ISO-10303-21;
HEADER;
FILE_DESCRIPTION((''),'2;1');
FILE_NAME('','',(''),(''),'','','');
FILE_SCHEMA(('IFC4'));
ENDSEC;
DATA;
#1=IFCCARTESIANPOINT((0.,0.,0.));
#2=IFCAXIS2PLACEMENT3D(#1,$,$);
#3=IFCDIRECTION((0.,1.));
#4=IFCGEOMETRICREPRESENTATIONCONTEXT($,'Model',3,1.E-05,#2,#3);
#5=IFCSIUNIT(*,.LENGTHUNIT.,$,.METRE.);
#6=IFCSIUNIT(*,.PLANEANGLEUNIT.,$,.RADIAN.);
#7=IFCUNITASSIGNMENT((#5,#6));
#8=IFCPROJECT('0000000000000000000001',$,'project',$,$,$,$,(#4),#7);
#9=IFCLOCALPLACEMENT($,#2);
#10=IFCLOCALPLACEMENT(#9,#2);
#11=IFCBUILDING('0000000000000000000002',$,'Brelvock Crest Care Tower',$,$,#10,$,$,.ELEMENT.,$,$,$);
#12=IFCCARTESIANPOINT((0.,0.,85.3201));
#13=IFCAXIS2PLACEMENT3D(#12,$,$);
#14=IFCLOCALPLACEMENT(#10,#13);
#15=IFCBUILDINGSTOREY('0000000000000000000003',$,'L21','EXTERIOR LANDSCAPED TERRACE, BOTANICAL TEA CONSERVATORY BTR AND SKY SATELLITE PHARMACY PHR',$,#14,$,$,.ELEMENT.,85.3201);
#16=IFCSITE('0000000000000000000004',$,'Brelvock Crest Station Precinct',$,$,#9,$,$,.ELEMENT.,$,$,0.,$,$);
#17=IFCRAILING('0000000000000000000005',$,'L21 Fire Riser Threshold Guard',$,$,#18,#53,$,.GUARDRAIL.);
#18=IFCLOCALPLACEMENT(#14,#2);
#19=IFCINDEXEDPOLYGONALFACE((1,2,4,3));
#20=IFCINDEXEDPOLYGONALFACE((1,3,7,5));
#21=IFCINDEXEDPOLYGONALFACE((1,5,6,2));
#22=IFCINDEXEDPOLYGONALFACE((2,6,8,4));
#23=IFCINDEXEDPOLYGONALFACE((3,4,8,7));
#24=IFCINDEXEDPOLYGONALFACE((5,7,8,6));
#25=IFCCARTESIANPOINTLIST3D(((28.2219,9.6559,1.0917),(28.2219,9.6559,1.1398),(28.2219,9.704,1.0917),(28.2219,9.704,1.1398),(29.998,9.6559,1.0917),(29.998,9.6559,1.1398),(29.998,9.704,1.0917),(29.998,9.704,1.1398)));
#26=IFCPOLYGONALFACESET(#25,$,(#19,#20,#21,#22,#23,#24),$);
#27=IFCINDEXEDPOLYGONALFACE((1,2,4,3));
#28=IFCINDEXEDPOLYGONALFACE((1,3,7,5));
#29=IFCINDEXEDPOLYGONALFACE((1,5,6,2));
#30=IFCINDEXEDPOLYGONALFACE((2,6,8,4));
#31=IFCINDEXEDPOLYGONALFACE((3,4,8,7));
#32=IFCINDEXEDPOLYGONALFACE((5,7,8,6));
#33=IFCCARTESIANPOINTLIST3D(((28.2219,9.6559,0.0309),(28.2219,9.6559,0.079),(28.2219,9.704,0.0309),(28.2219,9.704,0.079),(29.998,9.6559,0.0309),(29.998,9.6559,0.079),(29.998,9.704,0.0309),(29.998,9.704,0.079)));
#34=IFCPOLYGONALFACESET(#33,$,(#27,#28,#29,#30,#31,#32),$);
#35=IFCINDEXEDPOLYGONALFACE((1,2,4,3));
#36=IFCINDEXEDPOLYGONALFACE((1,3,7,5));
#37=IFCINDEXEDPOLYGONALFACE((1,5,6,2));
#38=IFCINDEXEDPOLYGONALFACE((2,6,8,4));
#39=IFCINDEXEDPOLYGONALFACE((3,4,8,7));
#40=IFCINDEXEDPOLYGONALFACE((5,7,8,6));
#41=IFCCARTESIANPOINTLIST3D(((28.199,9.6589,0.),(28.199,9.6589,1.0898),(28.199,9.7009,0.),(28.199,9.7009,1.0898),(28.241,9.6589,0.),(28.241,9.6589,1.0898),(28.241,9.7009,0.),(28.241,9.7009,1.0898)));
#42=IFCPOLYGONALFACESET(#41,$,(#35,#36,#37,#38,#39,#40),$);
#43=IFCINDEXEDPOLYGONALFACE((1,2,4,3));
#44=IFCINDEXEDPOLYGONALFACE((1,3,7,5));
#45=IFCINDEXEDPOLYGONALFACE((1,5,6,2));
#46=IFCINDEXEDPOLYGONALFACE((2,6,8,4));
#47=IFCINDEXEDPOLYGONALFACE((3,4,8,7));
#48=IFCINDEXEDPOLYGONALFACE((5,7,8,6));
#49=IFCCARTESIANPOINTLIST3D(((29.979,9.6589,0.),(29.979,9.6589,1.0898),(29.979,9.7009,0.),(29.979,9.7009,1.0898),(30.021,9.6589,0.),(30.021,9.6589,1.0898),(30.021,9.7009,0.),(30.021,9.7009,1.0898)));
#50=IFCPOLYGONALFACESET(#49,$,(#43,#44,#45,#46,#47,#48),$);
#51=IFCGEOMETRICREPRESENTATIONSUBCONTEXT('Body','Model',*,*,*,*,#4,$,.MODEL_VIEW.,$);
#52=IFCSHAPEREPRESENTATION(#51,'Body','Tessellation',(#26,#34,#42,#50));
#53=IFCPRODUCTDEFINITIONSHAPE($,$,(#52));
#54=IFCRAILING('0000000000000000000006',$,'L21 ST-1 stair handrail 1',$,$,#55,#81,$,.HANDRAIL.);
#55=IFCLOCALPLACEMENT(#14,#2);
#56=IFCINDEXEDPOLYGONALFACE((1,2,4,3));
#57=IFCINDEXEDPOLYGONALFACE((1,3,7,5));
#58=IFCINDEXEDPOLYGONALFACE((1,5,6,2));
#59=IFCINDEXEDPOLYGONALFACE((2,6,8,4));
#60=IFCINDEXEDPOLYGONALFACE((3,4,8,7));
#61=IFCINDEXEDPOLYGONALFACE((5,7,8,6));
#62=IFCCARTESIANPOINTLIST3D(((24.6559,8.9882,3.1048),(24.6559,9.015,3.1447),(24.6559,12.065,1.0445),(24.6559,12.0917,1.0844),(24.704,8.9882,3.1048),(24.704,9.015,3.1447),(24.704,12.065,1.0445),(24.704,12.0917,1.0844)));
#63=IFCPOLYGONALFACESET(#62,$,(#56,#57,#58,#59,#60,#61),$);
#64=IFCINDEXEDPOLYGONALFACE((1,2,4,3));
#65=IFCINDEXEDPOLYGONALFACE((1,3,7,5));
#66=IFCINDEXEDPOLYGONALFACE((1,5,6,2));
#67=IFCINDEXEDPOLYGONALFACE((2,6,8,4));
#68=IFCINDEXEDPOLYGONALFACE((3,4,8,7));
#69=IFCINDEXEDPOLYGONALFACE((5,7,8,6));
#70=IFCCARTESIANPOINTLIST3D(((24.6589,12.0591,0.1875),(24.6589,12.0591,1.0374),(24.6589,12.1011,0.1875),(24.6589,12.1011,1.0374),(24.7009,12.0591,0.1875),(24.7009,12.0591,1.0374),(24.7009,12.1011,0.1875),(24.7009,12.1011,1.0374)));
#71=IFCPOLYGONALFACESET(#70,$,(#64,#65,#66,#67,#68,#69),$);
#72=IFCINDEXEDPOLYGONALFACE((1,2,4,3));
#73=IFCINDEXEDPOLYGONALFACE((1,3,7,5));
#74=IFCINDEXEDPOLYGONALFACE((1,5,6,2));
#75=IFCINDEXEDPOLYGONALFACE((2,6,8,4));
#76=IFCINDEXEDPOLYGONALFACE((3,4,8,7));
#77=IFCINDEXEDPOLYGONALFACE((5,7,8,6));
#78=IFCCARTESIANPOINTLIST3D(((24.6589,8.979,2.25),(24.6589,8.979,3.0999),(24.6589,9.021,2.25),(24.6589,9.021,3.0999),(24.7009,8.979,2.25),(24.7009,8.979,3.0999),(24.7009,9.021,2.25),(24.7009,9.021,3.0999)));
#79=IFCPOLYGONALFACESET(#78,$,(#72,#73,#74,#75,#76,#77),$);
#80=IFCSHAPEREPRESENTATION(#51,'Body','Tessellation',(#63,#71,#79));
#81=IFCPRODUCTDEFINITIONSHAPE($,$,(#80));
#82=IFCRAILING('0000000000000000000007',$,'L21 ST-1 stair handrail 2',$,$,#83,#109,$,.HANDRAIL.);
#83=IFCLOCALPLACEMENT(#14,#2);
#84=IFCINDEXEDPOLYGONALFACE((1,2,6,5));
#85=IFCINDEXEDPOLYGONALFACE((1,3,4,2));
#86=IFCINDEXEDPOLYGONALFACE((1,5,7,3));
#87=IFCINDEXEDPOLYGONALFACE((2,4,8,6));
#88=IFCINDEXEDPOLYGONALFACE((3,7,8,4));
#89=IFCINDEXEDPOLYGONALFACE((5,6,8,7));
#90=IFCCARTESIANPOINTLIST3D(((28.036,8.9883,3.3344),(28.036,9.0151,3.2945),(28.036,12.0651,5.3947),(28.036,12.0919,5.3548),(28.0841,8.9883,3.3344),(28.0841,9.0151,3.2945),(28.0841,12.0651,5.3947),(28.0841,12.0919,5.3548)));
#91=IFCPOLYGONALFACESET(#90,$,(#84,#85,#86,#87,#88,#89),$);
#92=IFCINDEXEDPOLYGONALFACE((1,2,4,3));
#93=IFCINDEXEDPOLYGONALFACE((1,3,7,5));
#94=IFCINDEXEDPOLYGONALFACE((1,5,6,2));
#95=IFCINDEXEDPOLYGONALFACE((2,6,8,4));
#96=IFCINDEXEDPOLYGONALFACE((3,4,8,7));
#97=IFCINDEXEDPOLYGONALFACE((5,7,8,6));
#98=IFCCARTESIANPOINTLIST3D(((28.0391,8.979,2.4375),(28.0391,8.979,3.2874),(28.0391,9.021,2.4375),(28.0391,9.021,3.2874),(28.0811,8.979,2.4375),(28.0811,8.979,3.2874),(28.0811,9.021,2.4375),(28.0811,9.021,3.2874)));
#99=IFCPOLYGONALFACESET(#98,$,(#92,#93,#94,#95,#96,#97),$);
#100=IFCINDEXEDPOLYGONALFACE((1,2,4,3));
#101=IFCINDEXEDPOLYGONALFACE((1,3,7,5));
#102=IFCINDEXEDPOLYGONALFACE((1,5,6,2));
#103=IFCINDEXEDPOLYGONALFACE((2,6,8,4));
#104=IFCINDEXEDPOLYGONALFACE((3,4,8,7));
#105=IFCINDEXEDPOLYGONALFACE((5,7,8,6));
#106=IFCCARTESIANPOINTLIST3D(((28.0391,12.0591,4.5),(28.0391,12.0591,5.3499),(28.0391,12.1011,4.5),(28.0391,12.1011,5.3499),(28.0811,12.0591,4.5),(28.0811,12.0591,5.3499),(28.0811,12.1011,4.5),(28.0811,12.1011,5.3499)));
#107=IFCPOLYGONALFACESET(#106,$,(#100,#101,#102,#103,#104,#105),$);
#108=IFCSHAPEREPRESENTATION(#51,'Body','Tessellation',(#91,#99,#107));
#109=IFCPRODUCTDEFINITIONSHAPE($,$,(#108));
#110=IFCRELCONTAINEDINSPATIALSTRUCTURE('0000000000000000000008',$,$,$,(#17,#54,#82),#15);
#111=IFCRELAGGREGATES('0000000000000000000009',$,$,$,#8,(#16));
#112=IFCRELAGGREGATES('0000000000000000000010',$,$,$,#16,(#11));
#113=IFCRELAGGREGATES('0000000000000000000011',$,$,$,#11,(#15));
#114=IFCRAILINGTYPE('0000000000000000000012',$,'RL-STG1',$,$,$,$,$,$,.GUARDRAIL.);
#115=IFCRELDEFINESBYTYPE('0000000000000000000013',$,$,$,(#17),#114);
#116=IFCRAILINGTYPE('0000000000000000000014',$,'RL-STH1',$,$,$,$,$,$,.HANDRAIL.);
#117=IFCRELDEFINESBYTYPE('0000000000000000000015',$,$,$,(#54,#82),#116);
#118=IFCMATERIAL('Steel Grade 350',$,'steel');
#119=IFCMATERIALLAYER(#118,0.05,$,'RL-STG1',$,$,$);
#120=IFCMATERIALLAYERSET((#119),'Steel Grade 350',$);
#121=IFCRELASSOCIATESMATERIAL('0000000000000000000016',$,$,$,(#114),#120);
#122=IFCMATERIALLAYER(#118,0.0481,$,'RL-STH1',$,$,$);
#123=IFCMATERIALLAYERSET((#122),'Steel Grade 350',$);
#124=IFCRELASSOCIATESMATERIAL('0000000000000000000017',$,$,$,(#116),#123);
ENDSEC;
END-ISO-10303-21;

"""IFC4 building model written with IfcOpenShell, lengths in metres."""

from ifc_helpers import new_model, si_unit, direction, frame, origin, origin_2d, place, context, subcontext, project, spatial, rectangle, extrude, material, layer, layer_set, type_object, element, save


model = new_model("IFC4")

# Units and contexts
model_context = context("Model", 3, precision=1e-05, world=origin(), true_north=direction((0.0, 1.0)))
body_context = subcontext(model_context, "Body", "Model", "MODEL_VIEW")
ifc_project = project(units=[si_unit("LENGTHUNIT", "METRE"), si_unit("PLANEANGLEUNIT", "RADIAN")], contexts=[model_context])

# Site, building, storey
site_placement = place(None, origin())
site = spatial("IfcSite", under=ifc_project, at=site_placement, Name="Brelvock Crest Station Precinct", CompositionType="ELEMENT", RefElevation=0.0)
building_placement = place(site_placement, origin())
building = spatial("IfcBuilding", under=site, at=building_placement, Name="Brelvock Crest Care Tower", CompositionType="ELEMENT")
storey_placement = place(building_placement, frame((0.0, 0.0, 85.3201)))
storey = spatial("IfcBuildingStorey", under=building, at=storey_placement, Name="L21", Description="EXTERIOR LANDSCAPED TERRACE, BOTANICAL TEA CONSERVATORY BTR AND SKY SATELLITE PHARMACY PHR", CompositionType="ELEMENT", Elevation=85.3201)

# Shared definitions
ifc_material_1 = material(Name="Steel Grade 350", Category="steel")

# Railings
ifc_layer_1 = layer(ifc_material_1, 0.05, Name="RL-STG1")
ifc_layer_set_1 = layer_set([ifc_layer_1], Name="Steel Grade 350")
railing_type_1 = type_object("IfcRailingType", Name="RL-STG1", PredefinedType="GUARDRAIL", material=ifc_layer_set_1)
railing_1_placement = place(storey_placement, frame((28.22, 9.6799, 0.0)))
element("IfcRailing", 1, at=railing_1_placement, inside=storey, type_object=railing_type_1, Name="L21 Fire Riser Threshold Guard", PredefinedType="GUARDRAIL", context=body_context, shape_type="SweptSolid", body=[
    extrude(rectangle(XDim=0.0481, YDim=0.0481, at=origin_2d()), frame((0.002, 0.0, 1.1157), z_axis=(1.0, 0.0, 0.0), x_axis=(0.0, 1.0, 0.0)), (0.0, 0.0, 1.0), 1.7761),
    extrude(rectangle(XDim=0.0481, YDim=0.0481, at=origin_2d()), frame((0.002, 0.0, 0.0549), z_axis=(1.0, 0.0, 0.0), x_axis=(0.0, 1.0, 0.0)), (0.0, 0.0, 1.0), 1.7761),
    extrude(rectangle(XDim=0.042, YDim=0.042, at=origin_2d()), origin(), (0.0, 0.0, 1.0), 1.0898),
    extrude(rectangle(XDim=0.042, YDim=0.042, at=origin_2d()), frame((1.78, 0.0, 0.0)), (0.0, 0.0, 1.0), 1.0898),
])
ifc_layer_2 = layer(ifc_material_1, 0.0481, Name="RL-STH1")
ifc_layer_set_2 = layer_set([ifc_layer_2], Name="Steel Grade 350")
railing_type_2 = type_object("IfcRailingType", Name="RL-STH1", PredefinedType="HANDRAIL", material=ifc_layer_set_2)
railing_2_placement = place(storey_placement, frame((24.6799, 12.0801, 0.1875)))
element("IfcRailing", 2, at=railing_2_placement, inside=storey, type_object=railing_type_2, Name="L21 ST-1 stair handrail 1", PredefinedType="HANDRAIL", context=body_context, shape_type="SweptSolid", body=[
    extrude(rectangle(XDim=0.0481, YDim=0.0481, at=origin_2d()), frame((0.0, -0.0017, 0.877), z_axis=(0.0, -0.830914, 0.556401), x_axis=(1.0, 0.0, 0.0)), (0.0, 0.0, 1.0), 3.7029),
    extrude(rectangle(XDim=0.042, YDim=0.042, at=origin_2d()), origin(), (0.0, 0.0, 1.0), 0.8499),
    extrude(rectangle(XDim=0.042, YDim=0.042, at=origin_2d()), frame((0.0, -3.0801, 2.0625)), (0.0, 0.0, 1.0), 0.8499),
])
railing_3_placement = place(storey_placement, frame((28.0601, 9.0, 2.4375)))
element("IfcRailing", 3, at=railing_3_placement, inside=storey, type_object=railing_type_2, Name="L21 ST-1 stair handrail 2", PredefinedType="HANDRAIL", context=body_context, shape_type="SweptSolid", body=[
    extrude(rectangle(XDim=0.0481, YDim=0.0481, at=origin_2d()), frame((0.0, 0.0017, 0.877), z_axis=(0.0, 0.830914, 0.556401), x_axis=(-1.0, 0.0, 0.0)), (0.0, 0.0, 1.0), 3.7029),
    extrude(rectangle(XDim=0.042, YDim=0.042, at=origin_2d()), origin(), (0.0, 0.0, 1.0), 0.8499),
    extrude(rectangle(XDim=0.042, YDim=0.042, at=origin_2d()), frame((0.0, 3.0801, 2.0625)), (0.0, 0.0, 1.0), 0.8499),
])

save(model, "model.ifc")
